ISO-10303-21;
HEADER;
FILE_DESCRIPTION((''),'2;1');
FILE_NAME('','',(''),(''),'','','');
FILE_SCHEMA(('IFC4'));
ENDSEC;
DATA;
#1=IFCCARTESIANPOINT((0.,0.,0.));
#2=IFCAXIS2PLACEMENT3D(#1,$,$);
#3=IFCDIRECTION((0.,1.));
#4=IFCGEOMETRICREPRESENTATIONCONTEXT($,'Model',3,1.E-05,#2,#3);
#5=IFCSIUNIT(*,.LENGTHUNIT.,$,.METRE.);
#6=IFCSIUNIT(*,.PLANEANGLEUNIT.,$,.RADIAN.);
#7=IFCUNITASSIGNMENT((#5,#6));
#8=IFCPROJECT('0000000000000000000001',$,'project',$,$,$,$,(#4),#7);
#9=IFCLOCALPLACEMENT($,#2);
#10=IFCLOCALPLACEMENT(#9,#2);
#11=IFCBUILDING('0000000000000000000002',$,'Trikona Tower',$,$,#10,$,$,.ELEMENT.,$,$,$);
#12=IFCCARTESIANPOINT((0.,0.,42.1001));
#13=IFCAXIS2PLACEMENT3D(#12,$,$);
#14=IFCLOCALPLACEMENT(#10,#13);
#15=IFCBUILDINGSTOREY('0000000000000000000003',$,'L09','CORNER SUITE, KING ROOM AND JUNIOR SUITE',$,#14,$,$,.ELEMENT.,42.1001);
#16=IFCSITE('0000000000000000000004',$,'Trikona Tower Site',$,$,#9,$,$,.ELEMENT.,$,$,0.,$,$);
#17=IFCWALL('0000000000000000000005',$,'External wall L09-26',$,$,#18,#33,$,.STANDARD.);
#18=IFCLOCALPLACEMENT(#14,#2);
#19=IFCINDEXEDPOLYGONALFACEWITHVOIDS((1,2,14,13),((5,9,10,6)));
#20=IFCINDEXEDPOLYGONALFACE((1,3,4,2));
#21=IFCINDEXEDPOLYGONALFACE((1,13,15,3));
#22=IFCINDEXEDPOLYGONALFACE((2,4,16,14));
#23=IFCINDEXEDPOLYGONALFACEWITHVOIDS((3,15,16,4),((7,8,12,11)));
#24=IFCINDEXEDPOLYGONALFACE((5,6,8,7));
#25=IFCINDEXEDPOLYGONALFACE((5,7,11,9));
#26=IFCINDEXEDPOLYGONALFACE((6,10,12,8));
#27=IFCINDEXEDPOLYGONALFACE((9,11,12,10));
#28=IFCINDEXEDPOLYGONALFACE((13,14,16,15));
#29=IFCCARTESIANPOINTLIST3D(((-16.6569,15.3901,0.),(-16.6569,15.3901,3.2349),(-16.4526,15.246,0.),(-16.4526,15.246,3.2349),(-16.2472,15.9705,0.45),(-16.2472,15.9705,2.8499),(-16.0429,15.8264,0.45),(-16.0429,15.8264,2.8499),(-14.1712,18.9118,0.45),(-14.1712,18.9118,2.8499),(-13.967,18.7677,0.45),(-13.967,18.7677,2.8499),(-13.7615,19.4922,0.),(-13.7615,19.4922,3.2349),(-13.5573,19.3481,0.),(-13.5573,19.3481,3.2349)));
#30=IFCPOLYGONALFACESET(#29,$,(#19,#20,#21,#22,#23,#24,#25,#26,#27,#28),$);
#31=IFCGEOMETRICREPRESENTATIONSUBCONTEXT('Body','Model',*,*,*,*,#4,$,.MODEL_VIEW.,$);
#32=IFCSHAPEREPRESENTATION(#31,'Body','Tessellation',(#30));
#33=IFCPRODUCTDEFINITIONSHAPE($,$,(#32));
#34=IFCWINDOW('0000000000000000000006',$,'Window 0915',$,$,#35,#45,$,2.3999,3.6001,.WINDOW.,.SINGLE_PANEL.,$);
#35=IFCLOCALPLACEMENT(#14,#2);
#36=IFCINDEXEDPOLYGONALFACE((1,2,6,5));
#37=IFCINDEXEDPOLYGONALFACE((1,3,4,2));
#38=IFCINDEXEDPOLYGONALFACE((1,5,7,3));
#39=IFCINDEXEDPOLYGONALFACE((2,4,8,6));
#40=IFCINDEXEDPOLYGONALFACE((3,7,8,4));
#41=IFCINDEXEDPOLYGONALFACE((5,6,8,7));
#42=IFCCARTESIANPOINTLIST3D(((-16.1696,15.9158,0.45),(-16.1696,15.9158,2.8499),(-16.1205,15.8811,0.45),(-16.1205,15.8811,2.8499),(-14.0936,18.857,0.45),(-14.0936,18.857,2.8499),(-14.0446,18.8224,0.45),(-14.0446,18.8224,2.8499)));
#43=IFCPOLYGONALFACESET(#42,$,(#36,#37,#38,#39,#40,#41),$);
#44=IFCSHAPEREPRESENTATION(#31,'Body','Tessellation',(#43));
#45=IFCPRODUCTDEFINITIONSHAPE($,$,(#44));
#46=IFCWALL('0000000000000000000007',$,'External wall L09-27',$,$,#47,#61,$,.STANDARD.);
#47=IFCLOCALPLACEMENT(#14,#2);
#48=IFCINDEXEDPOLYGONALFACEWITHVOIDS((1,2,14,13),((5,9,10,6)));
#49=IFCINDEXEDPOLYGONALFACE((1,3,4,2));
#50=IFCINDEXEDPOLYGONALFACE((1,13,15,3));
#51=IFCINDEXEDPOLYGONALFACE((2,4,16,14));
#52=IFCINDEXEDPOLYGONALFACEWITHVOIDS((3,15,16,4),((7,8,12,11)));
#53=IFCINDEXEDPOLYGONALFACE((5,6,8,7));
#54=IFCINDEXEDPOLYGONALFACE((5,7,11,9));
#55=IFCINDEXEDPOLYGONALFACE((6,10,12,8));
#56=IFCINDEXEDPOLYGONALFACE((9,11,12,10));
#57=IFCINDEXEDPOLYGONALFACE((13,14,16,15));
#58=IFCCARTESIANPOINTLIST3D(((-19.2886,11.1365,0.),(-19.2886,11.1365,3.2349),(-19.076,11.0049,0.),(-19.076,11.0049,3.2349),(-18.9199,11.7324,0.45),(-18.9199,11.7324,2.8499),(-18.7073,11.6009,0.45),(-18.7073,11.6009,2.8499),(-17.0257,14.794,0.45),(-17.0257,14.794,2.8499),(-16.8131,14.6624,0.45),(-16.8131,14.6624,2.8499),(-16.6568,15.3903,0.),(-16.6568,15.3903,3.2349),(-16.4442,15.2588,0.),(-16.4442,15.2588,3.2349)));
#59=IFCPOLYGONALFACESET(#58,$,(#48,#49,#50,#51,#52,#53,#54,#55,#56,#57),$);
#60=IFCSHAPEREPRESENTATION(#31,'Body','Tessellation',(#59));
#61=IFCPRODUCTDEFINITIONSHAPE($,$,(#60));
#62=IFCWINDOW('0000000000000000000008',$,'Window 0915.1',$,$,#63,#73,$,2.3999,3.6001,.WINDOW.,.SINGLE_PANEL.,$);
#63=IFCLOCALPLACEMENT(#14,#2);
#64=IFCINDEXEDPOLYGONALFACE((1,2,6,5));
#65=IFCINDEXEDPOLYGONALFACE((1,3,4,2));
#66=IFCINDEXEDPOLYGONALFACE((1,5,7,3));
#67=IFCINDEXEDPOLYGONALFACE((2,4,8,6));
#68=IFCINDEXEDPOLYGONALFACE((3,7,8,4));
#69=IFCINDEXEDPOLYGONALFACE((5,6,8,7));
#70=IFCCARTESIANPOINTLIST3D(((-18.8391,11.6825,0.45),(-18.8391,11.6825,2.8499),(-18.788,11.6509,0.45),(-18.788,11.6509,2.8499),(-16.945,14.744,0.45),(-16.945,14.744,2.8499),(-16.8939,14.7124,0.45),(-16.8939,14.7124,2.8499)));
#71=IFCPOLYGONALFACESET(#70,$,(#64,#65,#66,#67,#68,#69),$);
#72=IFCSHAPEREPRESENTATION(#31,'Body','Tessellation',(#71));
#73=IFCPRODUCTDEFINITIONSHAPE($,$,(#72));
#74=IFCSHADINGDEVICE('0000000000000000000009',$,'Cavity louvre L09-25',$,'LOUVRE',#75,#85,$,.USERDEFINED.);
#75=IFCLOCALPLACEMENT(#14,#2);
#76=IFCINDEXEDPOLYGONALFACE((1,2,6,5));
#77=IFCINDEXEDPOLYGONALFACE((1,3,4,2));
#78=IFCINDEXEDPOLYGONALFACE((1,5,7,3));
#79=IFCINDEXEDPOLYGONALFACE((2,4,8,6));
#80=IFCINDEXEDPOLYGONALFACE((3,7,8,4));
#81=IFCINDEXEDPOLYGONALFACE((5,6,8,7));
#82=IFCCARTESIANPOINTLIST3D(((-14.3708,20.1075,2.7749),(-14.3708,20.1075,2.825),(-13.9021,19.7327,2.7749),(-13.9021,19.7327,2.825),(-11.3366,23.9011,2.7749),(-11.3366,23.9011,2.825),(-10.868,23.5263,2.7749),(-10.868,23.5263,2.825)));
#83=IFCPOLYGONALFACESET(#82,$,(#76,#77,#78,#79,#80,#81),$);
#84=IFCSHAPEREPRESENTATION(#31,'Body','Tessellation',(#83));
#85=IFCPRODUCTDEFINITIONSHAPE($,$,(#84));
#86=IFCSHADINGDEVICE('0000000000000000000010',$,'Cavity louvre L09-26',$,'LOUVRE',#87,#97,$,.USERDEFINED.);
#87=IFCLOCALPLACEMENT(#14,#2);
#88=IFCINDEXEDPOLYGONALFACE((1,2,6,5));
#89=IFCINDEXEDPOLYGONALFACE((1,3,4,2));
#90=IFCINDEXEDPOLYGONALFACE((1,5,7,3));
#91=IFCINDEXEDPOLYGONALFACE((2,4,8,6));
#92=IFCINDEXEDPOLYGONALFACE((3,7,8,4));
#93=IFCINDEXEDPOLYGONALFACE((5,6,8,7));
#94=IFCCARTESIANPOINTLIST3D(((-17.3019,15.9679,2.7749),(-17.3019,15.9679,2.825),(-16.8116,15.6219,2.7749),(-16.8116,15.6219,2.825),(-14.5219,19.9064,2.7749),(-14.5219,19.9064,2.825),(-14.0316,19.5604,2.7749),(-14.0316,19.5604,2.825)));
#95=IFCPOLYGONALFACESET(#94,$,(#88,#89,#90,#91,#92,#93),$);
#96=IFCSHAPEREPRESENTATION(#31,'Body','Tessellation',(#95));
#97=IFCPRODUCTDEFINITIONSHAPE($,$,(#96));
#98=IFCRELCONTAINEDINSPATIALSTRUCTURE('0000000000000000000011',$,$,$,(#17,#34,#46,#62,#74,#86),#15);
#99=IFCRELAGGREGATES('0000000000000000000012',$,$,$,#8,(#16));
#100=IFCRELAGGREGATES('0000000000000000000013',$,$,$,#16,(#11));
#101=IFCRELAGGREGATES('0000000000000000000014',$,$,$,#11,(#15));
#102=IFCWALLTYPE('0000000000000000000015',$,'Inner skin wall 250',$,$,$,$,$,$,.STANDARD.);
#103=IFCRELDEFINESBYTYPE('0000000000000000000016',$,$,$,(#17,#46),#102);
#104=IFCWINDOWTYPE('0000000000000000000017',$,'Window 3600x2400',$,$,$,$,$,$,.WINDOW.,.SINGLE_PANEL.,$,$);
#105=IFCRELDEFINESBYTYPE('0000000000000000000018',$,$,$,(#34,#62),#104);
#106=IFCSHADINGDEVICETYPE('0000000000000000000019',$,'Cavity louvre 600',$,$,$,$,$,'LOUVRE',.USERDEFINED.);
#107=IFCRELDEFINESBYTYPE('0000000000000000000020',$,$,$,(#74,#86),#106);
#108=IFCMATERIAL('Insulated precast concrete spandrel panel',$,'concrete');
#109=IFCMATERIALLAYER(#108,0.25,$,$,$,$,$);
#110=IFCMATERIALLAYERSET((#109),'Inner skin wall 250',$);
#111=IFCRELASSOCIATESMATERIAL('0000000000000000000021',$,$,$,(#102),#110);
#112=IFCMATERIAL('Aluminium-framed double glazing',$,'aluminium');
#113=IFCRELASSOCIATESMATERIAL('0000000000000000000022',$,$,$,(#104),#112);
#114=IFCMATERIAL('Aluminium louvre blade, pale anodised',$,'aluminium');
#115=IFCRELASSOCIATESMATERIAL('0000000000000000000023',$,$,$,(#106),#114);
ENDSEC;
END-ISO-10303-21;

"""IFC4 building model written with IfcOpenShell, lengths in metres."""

from ifc_helpers import new_model, si_unit, direction, frame, frame_2d, origin, origin_2d, place, context, subcontext, project, spatial, rectangle, extrude, material, layer, layer_set, type_object, element, fill, save


model = new_model("IFC4")

# Units and contexts
model_context = context("Model", 3, precision=1e-05, world=origin(), true_north=direction((0.0, 1.0)))
body_context = subcontext(model_context, "Body", "Model", "MODEL_VIEW")
ifc_project = project(units=[si_unit("LENGTHUNIT", "METRE"), si_unit("PLANEANGLEUNIT", "RADIAN")], contexts=[model_context])

# Site, building, storey
site_placement = place(None, origin())
site = spatial("IfcSite", under=ifc_project, at=site_placement, Name="Trikona Tower Site", CompositionType="ELEMENT", RefElevation=0.0)
building_placement = place(site_placement, origin())
building = spatial("IfcBuilding", under=site, at=building_placement, Name="Trikona Tower", CompositionType="ELEMENT")
storey_placement = place(building_placement, frame((0.0, 0.0, 42.1001)))
storey = spatial("IfcBuildingStorey", under=building, at=storey_placement, Name="L09", Description="CORNER SUITE, KING ROOM AND JUNIOR SUITE", CompositionType="ELEMENT", Elevation=42.1001)

# Walls, openings, windows
ifc_material_1 = material(Name="Insulated precast concrete spandrel panel", Category="concrete")
ifc_layer_1 = layer(ifc_material_1, 0.25)
ifc_layer_set_1 = layer_set([ifc_layer_1], Name="Inner skin wall 250")
wall_type = type_object("IfcWallType", Name="Inner skin wall 250", PredefinedType="STANDARD", material=ifc_layer_set_1)
ifc_material_2 = material(Name="Aluminium-framed double glazing", Category="aluminium")
window_type = type_object("IfcWindowType", Name="Window 3600x2400", PartitioningType="SINGLE_PANEL", PredefinedType="WINDOW", material=ifc_material_2)
wall_1_placement = place(storey_placement, frame((-13.6594, 19.4202, 0.0), z_axis=(0.0, 0.0, 1.0), x_axis=(-0.576643, -0.816996, 0.0)))
wall_1 = element("IfcWall", 1, at=wall_1_placement, inside=storey, type_object=wall_type, Name="External wall L09-26", PredefinedType="STANDARD", context=body_context, shape_type="SweptSolid", body=[
    extrude(rectangle(XDim=5.021, YDim=0.25, at=frame_2d((2.5105, 0.0))), origin(), (0.0, 0.0, 1.0), 3.2349),
])
opening_1_placement = place(wall_1_placement, frame((0.7104, 0.0, 0.45)))
opening_1 = element("IfcOpeningElement", 2, at=opening_1_placement, cuts=wall_1, PredefinedType="OPENING", context=body_context, shape_type="SweptSolid", body=[
    extrude(rectangle(XDim=3.6001, YDim=2.3999, at=frame_2d((1.8, 1.2))), frame((0.0, 0.135, 0.0), z_axis=(0.0, -1.0, 0.0), x_axis=(1.0, 0.0, 0.0)), (0.0, 0.0, 1.0), 0.27),
])
window_1_placement = place(opening_1_placement, origin())
window_1 = element("IfcWindow", 3, at=window_1_placement, inside=storey, type_object=window_type, Name="Window 0915", OverallHeight=2.3999, OverallWidth=3.6001, PartitioningType="SINGLE_PANEL", PredefinedType="WINDOW", context=body_context, shape_type="SweptSolid", body=[
    extrude(rectangle(XDim=3.6001, YDim=2.3999, at=frame_2d((1.8, 1.2))), frame((0.0, 0.03, 0.0), z_axis=(0.0, -1.0, 0.0), x_axis=(1.0, 0.0, 0.0)), (0.0, 0.0, 1.0), 0.0601),
])
fill(opening_1, window_1)
wall_2_placement = place(storey_placement, frame((-16.5505, 15.3245, 0.0), z_axis=(0.0, 0.0, 1.0), x_axis=(-0.526133, -0.850402, 0.0)))
wall_2 = element("IfcWall", 4, at=wall_2_placement, inside=storey, type_object=wall_type, Name="External wall L09-27", PredefinedType="STANDARD", context=body_context, shape_type="SweptSolid", body=[
    extrude(rectangle(XDim=5.0022, YDim=0.25, at=frame_2d((2.501, 0.0))), origin(), (0.0, 0.0, 1.0), 3.2349),
])
opening_2_placement = place(wall_2_placement, frame((0.7012, 0.0, 0.45)))
opening_2 = element("IfcOpeningElement", 5, at=opening_2_placement, cuts=wall_2, PredefinedType="OPENING", context=body_context, shape_type="SweptSolid", body=[
    extrude(rectangle(XDim=3.6001, YDim=2.3999, at=frame_2d((1.8, 1.2))), frame((0.0, 0.135, 0.0), z_axis=(0.0, -1.0, 0.0), x_axis=(1.0, 0.0, 0.0)), (0.0, 0.0, 1.0), 0.27),
])
window_2_placement = place(opening_2_placement, origin())
window_2 = element("IfcWindow", 6, at=window_2_placement, inside=storey, type_object=window_type, Name="Window 0915.1", OverallHeight=2.3999, OverallWidth=3.6001, PartitioningType="SINGLE_PANEL", PredefinedType="WINDOW", context=body_context, shape_type="SweptSolid", body=[
    extrude(rectangle(XDim=3.6001, YDim=2.3999, at=frame_2d((1.8, 1.2))), frame((0.0, 0.03, 0.0), z_axis=(0.0, -1.0, 0.0), x_axis=(1.0, 0.0, 0.0)), (0.0, 0.0, 1.0), 0.0601),
])
fill(opening_2, window_2)

# Shading devices
ifc_material_3 = material(Name="Aluminium louvre blade, pale anodised", Category="aluminium")
shading_device_type = type_object("IfcShadingDeviceType", Name="Cavity louvre 600", ElementType="LOUVRE", PredefinedType="USERDEFINED", material=ifc_material_3)
shading_device_1_placement = place(storey_placement, frame((-12.6194, 21.8169, 2.7749), z_axis=(0.0, 0.0, 1.0), x_axis=(-0.624604, -0.780942, 0.0)))
element("IfcShadingDevice", 7, at=shading_device_1_placement, inside=storey, type_object=shading_device_type, Name="Cavity louvre L09-25", ObjectType="LOUVRE", PredefinedType="USERDEFINED", context=body_context, shape_type="SweptSolid", body=[
    extrude(rectangle(XDim=4.8577, YDim=0.6001, at=origin_2d()), origin(), (0.0, 0.0, 1.0), 0.05),
])
shading_device_2_placement = place(storey_placement, frame((-15.6667, 17.7642, 2.7749), z_axis=(0.0, 0.0, 1.0), x_axis=(-0.576662, -0.816983, 0.0)))
element("IfcShadingDevice", 8, at=shading_device_2_placement, inside=storey, type_object=shading_device_type, Name="Cavity louvre L09-26", ObjectType="LOUVRE", PredefinedType="USERDEFINED", context=body_context, shape_type="SweptSolid", body=[
    extrude(rectangle(XDim=4.8208, YDim=0.6001, at=origin_2d()), origin(), (0.0, 0.0, 1.0), 0.05),
])

save(model, "model.ifc")
